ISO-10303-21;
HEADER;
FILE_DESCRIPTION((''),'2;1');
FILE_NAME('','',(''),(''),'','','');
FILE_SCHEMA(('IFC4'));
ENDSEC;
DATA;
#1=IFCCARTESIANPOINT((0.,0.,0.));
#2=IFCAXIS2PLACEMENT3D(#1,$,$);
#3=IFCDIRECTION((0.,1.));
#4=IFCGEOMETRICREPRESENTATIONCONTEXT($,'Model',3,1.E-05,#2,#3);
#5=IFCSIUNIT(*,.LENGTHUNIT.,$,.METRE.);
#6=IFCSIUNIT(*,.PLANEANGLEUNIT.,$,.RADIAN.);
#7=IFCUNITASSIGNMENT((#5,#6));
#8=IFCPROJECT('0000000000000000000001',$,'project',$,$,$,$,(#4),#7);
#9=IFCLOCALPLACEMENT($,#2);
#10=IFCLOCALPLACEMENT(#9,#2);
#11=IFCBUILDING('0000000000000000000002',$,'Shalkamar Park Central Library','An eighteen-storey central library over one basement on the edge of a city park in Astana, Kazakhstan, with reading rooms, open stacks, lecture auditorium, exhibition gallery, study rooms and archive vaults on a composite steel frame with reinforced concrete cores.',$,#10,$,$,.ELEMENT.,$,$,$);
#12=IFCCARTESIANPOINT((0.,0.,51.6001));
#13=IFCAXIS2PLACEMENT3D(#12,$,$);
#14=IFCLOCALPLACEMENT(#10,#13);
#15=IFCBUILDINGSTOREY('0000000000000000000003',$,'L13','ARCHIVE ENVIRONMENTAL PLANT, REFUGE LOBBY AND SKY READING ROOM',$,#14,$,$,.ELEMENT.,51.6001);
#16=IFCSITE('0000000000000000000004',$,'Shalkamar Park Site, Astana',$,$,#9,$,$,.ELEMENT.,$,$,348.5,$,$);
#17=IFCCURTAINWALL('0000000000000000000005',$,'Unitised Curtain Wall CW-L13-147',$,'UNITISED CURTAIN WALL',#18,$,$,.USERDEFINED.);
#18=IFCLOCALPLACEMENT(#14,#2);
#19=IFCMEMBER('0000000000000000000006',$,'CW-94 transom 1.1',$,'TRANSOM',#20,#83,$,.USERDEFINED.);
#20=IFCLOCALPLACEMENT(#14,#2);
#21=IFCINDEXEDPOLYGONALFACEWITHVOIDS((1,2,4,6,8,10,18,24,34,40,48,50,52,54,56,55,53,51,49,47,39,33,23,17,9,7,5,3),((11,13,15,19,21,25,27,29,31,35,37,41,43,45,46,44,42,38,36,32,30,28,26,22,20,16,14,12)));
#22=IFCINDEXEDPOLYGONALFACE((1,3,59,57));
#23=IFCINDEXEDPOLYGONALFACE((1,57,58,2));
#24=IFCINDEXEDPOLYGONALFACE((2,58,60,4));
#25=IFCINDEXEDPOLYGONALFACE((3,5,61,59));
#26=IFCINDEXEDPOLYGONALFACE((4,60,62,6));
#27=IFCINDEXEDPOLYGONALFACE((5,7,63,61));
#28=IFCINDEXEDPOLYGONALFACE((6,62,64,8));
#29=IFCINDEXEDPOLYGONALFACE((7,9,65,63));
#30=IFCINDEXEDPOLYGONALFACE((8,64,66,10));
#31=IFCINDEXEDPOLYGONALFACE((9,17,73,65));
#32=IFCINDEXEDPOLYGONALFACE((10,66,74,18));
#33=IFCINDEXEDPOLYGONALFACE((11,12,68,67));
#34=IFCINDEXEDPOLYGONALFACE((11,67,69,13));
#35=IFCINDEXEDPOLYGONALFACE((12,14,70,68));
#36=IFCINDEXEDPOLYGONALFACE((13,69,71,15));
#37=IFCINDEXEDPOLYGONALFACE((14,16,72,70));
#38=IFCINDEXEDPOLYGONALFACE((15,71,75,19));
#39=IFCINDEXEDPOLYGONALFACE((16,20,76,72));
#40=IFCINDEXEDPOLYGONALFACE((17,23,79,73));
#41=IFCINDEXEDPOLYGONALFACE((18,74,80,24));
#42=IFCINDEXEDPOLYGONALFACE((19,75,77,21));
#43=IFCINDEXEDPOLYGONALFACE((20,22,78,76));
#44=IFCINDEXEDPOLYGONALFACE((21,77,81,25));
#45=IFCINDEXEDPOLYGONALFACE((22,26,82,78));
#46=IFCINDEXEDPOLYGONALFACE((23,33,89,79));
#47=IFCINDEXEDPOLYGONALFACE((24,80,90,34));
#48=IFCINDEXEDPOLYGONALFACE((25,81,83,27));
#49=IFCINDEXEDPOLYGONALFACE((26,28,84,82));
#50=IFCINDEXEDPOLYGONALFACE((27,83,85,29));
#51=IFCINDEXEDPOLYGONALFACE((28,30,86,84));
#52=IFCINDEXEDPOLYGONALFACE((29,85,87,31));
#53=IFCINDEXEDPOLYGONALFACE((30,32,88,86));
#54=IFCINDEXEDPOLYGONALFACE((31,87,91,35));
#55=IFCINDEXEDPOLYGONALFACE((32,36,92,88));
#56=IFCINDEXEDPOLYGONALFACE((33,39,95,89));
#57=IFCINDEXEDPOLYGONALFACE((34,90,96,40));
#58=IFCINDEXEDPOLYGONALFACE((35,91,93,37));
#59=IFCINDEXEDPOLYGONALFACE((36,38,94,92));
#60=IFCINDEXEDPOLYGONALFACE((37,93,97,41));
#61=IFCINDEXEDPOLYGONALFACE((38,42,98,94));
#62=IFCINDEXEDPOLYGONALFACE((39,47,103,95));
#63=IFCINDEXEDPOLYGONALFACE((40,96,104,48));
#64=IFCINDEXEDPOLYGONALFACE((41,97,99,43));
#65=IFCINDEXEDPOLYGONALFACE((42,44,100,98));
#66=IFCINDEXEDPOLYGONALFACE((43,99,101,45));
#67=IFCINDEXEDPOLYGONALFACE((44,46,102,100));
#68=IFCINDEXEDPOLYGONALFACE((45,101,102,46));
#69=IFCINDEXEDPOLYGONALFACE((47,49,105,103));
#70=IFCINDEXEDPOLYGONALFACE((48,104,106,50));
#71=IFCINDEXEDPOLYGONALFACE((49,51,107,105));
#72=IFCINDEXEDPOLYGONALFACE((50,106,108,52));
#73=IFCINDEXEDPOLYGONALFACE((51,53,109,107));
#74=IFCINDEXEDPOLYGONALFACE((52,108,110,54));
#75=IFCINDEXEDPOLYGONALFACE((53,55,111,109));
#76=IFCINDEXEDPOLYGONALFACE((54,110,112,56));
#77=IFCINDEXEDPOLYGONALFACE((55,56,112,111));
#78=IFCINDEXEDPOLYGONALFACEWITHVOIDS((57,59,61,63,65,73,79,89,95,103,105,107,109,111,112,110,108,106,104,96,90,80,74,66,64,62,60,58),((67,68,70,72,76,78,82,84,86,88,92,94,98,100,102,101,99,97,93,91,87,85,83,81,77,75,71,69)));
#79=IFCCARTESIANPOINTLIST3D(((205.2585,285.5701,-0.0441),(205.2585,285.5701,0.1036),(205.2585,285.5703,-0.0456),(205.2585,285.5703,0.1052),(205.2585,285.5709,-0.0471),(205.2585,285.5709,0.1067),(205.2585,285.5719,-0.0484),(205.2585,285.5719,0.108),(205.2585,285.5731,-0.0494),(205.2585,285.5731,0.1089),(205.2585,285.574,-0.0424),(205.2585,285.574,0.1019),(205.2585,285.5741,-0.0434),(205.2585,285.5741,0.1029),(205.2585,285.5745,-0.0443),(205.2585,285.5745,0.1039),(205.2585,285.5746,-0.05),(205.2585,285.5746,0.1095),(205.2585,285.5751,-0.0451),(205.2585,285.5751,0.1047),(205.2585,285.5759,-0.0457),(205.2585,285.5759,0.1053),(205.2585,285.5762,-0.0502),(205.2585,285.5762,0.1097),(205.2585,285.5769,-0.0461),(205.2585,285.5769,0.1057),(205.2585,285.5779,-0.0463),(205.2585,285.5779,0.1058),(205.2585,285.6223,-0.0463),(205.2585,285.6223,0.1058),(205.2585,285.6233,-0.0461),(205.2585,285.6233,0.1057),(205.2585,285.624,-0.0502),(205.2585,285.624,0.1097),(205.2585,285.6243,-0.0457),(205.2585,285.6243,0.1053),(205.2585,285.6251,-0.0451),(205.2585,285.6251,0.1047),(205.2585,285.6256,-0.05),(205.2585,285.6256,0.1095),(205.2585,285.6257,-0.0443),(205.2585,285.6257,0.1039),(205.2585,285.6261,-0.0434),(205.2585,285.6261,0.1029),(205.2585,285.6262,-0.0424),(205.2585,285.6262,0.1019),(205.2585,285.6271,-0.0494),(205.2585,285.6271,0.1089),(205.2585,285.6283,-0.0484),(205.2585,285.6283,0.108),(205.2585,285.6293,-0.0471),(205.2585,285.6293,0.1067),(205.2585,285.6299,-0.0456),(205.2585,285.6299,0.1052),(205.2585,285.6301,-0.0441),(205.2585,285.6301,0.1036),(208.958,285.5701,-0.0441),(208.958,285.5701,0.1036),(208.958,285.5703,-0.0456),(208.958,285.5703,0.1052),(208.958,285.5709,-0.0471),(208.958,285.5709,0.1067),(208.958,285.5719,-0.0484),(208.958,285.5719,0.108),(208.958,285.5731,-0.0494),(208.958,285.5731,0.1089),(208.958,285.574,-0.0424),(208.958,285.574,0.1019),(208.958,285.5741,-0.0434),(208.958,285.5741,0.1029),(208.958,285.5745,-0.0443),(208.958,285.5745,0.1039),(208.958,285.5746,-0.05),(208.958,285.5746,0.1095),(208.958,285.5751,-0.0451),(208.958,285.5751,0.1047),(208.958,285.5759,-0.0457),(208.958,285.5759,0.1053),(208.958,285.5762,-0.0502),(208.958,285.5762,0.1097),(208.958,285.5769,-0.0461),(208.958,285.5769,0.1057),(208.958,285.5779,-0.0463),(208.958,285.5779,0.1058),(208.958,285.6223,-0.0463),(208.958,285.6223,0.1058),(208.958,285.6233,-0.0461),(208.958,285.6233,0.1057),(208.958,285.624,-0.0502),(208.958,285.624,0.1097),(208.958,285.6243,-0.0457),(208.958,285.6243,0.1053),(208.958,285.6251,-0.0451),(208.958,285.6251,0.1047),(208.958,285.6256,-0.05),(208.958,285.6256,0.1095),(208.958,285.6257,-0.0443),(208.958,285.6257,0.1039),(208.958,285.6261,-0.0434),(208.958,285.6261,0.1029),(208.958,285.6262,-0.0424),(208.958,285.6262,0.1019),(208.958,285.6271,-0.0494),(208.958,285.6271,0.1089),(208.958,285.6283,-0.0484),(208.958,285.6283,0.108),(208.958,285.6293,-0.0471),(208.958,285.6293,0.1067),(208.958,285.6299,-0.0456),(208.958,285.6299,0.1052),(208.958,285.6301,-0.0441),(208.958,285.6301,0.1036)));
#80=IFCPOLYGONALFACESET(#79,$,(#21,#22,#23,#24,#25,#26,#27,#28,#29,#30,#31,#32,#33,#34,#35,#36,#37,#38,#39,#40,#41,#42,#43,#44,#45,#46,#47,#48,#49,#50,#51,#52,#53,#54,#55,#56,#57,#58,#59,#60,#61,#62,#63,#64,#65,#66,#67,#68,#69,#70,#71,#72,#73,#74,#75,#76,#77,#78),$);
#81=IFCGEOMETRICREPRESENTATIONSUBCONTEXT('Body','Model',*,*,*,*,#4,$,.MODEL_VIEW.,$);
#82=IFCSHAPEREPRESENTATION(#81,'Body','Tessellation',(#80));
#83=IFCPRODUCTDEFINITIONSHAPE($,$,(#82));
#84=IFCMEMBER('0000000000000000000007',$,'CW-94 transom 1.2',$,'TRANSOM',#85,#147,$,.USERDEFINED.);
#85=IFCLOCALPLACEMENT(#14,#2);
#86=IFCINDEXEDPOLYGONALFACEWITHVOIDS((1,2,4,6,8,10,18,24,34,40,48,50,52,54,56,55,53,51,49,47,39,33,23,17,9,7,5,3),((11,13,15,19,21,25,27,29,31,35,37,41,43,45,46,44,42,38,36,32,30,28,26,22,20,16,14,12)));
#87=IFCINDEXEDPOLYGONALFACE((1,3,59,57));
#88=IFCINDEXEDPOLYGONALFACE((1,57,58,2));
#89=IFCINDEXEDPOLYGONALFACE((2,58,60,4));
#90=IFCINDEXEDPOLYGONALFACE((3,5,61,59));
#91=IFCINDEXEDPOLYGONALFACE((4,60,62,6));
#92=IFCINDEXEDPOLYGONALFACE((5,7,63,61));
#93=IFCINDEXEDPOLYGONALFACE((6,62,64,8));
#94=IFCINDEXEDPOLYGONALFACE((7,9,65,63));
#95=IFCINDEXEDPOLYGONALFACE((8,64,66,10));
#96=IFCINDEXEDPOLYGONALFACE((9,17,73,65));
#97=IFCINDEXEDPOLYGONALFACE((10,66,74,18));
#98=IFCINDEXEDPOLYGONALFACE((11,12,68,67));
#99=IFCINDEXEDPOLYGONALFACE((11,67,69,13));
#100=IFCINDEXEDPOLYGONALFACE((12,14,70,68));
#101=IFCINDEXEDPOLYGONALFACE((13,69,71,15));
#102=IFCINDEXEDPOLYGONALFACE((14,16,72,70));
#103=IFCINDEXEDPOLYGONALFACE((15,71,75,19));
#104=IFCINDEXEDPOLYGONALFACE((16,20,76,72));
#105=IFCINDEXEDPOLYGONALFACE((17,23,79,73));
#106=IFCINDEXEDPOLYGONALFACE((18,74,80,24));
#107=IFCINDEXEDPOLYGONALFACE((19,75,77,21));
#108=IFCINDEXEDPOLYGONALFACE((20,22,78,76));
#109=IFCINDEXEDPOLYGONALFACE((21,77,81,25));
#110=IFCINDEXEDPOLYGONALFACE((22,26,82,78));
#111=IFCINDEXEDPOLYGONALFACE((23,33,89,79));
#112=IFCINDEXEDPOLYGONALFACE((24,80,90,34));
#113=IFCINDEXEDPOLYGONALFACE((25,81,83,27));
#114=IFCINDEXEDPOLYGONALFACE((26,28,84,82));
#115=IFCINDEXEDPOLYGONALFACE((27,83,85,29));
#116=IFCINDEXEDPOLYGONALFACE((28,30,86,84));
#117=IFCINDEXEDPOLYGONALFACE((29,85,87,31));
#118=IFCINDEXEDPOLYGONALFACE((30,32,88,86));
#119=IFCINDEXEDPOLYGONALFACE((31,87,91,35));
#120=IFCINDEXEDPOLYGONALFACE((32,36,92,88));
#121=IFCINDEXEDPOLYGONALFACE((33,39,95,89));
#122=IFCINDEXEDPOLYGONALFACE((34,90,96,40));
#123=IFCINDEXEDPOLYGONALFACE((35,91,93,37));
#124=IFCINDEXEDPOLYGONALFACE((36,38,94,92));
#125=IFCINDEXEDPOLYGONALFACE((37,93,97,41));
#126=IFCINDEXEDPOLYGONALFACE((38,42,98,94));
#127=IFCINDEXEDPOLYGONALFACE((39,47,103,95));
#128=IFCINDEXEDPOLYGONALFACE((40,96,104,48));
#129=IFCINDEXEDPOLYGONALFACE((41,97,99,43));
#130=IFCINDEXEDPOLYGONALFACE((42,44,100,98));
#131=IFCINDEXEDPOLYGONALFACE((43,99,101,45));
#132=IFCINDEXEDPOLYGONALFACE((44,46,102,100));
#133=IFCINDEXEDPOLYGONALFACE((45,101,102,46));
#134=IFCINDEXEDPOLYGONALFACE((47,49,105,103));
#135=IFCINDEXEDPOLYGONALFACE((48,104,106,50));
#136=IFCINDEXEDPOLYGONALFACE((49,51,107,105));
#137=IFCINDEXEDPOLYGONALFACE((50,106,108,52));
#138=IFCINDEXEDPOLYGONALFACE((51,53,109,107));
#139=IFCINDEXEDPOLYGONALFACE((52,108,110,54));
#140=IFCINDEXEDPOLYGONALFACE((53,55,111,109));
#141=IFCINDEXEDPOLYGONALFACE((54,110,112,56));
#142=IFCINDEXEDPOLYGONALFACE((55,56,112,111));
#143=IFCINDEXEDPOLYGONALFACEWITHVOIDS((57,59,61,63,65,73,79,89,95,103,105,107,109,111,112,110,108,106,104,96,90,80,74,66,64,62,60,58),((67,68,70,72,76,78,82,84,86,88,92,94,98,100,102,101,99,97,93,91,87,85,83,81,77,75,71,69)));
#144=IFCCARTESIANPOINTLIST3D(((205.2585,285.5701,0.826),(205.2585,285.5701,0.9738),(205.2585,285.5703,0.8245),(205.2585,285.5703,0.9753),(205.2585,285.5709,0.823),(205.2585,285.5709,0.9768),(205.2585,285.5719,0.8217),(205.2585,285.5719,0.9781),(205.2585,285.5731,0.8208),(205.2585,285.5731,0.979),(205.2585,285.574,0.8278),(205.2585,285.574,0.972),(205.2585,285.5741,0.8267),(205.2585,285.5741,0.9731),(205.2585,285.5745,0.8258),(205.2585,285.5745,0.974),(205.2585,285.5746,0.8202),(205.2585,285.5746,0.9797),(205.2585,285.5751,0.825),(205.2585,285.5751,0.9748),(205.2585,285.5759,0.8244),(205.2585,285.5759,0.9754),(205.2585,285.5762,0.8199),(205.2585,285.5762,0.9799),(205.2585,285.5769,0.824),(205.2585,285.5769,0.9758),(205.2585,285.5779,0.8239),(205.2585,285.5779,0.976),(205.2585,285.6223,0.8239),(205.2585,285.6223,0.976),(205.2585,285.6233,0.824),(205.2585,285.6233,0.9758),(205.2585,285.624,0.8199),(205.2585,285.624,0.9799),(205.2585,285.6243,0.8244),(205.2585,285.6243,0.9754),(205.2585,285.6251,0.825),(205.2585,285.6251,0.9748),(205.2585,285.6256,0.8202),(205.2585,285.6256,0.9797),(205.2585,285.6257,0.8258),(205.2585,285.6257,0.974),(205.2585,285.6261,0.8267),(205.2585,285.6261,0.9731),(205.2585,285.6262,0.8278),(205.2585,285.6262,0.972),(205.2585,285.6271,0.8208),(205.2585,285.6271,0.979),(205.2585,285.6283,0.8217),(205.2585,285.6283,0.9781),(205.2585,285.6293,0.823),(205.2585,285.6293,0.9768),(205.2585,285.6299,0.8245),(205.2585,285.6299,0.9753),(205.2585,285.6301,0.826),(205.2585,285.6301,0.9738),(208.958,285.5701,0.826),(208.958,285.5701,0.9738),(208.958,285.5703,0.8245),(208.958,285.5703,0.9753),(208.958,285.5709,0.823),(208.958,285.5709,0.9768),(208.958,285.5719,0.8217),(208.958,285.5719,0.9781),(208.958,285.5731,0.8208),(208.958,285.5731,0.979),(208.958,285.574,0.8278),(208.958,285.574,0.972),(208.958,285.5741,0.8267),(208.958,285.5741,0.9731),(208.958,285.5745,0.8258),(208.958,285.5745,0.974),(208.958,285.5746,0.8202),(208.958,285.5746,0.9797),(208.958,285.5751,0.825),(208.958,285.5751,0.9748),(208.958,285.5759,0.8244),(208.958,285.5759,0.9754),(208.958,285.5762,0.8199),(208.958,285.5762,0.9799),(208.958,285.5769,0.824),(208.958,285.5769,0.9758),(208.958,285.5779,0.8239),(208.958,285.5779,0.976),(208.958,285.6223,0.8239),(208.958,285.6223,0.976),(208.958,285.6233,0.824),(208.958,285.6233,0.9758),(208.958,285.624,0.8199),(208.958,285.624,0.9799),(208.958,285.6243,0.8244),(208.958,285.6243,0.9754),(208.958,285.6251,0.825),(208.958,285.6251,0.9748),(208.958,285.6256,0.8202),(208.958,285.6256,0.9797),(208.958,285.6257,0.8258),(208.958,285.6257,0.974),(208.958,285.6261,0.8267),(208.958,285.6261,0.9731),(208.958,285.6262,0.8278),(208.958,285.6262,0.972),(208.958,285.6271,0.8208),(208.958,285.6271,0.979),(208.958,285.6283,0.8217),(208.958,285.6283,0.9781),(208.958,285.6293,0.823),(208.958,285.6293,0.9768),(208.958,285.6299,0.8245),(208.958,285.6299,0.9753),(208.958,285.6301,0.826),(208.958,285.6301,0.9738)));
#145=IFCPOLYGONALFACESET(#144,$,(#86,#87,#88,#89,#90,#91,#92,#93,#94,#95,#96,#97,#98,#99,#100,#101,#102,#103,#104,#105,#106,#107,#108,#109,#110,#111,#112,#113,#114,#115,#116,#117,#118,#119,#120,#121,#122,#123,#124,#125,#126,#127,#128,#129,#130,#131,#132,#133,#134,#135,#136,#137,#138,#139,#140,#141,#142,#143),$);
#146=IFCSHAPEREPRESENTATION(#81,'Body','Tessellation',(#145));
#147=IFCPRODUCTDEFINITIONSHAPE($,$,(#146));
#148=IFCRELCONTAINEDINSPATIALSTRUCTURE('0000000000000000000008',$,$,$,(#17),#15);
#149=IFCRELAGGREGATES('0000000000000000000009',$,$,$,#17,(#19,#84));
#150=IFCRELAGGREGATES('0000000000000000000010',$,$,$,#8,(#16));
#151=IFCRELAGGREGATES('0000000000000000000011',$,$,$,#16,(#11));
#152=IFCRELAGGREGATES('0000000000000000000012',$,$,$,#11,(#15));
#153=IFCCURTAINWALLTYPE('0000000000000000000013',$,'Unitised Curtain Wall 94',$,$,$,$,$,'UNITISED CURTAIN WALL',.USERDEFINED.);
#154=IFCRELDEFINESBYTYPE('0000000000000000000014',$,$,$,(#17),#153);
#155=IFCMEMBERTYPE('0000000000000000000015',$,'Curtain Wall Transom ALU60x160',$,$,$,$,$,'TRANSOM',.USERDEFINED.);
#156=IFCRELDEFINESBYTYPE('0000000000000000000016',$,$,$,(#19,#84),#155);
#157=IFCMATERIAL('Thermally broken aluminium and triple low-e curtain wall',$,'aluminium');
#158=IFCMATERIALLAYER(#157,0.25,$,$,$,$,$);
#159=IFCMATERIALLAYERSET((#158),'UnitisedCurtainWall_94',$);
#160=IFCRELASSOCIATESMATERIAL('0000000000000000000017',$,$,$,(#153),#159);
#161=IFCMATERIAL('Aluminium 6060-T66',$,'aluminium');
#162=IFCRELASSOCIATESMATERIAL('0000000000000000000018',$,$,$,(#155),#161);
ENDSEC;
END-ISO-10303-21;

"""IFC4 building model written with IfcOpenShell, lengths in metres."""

from ifc_helpers import new_model, si_unit, direction, frame, origin, origin_2d, place, context, subcontext, project, spatial, hollow_rectangle, extrude, material, layer, layer_set, material_profile, profile_set, type_object, element, aggregate, save


model = new_model("IFC4")

# Units and contexts
model_context = context("Model", 3, precision=1e-05, world=origin(), true_north=direction((0.0, 1.0)))
body_context = subcontext(model_context, "Body", "Model", "MODEL_VIEW")
ifc_project = project(units=[si_unit("LENGTHUNIT", "METRE"), si_unit("PLANEANGLEUNIT", "RADIAN")], contexts=[model_context])

# Site, building, storey
site_placement = place(None, origin())
site = spatial("IfcSite", under=ifc_project, at=site_placement, Name="Shalkamar Park Site, Astana", CompositionType="ELEMENT", RefElevation=348.5)
building_placement = place(site_placement, origin())
building = spatial("IfcBuilding", under=site, at=building_placement, Name="Shalkamar Park Central Library", Description="An eighteen-storey central library over one basement on the edge of a city park in Astana, Kazakhstan, with reading rooms, open stacks, lecture auditorium, exhibition gallery, study rooms and archive vaults on a composite steel frame with reinforced concrete cores.", CompositionType="ELEMENT")
storey_placement = place(building_placement, frame((0.0, 0.0, 51.6001)))
storey = spatial("IfcBuildingStorey", under=building, at=storey_placement, Name="L13", Description="ARCHIVE ENVIRONMENTAL PLANT, REFUGE LOBBY AND SKY READING ROOM", CompositionType="ELEMENT", Elevation=51.6001)

# Curtain wall
ifc_material_1 = material(Name="Thermally broken aluminium and triple low-e curtain wall", Category="aluminium")
ifc_layer_1 = layer(ifc_material_1, 0.25)
ifc_layer_set_1 = layer_set([ifc_layer_1], Name="UnitisedCurtainWall_94")
curtain_wall_type_1 = type_object("IfcCurtainWallType", Name="Unitised Curtain Wall 94", ElementType="UNITISED CURTAIN WALL", PredefinedType="USERDEFINED", material=ifc_layer_set_1)
curtain_wall_1_placement = place(storey_placement, origin())
curtain_wall_1 = element("IfcCurtainWall", 1, at=curtain_wall_1_placement, inside=storey, type_object=curtain_wall_type_1, Name="Unitised Curtain Wall CW-L13-147", ObjectType="UNITISED CURTAIN WALL", PredefinedType="USERDEFINED")
ifc_material_2 = material(Name="Aluminium 6060-T66", Category="aluminium")

# Members
ifc_material_profile_1 = material_profile(ifc_material_2, hollow_rectangle(XDim=0.0601, YDim=0.1599, WallThickness=0.0039, InnerFilletRadius=0.0039, OuterFilletRadius=0.0061, at=origin_2d()), Name="ALU 60x160x4")
ifc_profile_set_1 = profile_set([ifc_material_profile_1], Name="Aluminium 6060-T66")
member_type_1 = type_object("IfcMemberType", Name="Curtain Wall Transom ALU60x160", ElementType="TRANSOM", PredefinedType="USERDEFINED", material=ifc_profile_set_1)
member_1_placement = place(storey_placement, frame((205.2585, 285.6001, 0.0298), z_axis=(1.0, 0.0, 0.0), x_axis=(0.0, 1.0, 0.0)))
member_1 = element("IfcMember", 2, at=member_1_placement, type_object=member_type_1, Name="CW-94 transom 1.1", ObjectType="TRANSOM", PredefinedType="USERDEFINED", context=body_context, shape_type="SweptSolid", body=[
    extrude(hollow_rectangle(XDim=0.0601, YDim=0.1599, WallThickness=0.0039, InnerFilletRadius=0.0039, OuterFilletRadius=0.0061, at=origin_2d()), origin(), (0.0, 0.0, 1.0), 3.6995),
])
member_2_placement = place(storey_placement, frame((205.2585, 285.6001, 0.8999), z_axis=(1.0, 0.0, 0.0), x_axis=(0.0, 1.0, 0.0)))
member_2 = element("IfcMember", 3, at=member_2_placement, type_object=member_type_1, Name="CW-94 transom 1.2", ObjectType="TRANSOM", PredefinedType="USERDEFINED", context=body_context, shape_type="SweptSolid", body=[
    extrude(hollow_rectangle(XDim=0.0601, YDim=0.1599, WallThickness=0.0039, InnerFilletRadius=0.0039, OuterFilletRadius=0.0061, at=origin_2d()), origin(), (0.0, 0.0, 1.0), 3.6995),
])

aggregate(curtain_wall_1, [member_1, member_2])

save(model, "model.ifc")
